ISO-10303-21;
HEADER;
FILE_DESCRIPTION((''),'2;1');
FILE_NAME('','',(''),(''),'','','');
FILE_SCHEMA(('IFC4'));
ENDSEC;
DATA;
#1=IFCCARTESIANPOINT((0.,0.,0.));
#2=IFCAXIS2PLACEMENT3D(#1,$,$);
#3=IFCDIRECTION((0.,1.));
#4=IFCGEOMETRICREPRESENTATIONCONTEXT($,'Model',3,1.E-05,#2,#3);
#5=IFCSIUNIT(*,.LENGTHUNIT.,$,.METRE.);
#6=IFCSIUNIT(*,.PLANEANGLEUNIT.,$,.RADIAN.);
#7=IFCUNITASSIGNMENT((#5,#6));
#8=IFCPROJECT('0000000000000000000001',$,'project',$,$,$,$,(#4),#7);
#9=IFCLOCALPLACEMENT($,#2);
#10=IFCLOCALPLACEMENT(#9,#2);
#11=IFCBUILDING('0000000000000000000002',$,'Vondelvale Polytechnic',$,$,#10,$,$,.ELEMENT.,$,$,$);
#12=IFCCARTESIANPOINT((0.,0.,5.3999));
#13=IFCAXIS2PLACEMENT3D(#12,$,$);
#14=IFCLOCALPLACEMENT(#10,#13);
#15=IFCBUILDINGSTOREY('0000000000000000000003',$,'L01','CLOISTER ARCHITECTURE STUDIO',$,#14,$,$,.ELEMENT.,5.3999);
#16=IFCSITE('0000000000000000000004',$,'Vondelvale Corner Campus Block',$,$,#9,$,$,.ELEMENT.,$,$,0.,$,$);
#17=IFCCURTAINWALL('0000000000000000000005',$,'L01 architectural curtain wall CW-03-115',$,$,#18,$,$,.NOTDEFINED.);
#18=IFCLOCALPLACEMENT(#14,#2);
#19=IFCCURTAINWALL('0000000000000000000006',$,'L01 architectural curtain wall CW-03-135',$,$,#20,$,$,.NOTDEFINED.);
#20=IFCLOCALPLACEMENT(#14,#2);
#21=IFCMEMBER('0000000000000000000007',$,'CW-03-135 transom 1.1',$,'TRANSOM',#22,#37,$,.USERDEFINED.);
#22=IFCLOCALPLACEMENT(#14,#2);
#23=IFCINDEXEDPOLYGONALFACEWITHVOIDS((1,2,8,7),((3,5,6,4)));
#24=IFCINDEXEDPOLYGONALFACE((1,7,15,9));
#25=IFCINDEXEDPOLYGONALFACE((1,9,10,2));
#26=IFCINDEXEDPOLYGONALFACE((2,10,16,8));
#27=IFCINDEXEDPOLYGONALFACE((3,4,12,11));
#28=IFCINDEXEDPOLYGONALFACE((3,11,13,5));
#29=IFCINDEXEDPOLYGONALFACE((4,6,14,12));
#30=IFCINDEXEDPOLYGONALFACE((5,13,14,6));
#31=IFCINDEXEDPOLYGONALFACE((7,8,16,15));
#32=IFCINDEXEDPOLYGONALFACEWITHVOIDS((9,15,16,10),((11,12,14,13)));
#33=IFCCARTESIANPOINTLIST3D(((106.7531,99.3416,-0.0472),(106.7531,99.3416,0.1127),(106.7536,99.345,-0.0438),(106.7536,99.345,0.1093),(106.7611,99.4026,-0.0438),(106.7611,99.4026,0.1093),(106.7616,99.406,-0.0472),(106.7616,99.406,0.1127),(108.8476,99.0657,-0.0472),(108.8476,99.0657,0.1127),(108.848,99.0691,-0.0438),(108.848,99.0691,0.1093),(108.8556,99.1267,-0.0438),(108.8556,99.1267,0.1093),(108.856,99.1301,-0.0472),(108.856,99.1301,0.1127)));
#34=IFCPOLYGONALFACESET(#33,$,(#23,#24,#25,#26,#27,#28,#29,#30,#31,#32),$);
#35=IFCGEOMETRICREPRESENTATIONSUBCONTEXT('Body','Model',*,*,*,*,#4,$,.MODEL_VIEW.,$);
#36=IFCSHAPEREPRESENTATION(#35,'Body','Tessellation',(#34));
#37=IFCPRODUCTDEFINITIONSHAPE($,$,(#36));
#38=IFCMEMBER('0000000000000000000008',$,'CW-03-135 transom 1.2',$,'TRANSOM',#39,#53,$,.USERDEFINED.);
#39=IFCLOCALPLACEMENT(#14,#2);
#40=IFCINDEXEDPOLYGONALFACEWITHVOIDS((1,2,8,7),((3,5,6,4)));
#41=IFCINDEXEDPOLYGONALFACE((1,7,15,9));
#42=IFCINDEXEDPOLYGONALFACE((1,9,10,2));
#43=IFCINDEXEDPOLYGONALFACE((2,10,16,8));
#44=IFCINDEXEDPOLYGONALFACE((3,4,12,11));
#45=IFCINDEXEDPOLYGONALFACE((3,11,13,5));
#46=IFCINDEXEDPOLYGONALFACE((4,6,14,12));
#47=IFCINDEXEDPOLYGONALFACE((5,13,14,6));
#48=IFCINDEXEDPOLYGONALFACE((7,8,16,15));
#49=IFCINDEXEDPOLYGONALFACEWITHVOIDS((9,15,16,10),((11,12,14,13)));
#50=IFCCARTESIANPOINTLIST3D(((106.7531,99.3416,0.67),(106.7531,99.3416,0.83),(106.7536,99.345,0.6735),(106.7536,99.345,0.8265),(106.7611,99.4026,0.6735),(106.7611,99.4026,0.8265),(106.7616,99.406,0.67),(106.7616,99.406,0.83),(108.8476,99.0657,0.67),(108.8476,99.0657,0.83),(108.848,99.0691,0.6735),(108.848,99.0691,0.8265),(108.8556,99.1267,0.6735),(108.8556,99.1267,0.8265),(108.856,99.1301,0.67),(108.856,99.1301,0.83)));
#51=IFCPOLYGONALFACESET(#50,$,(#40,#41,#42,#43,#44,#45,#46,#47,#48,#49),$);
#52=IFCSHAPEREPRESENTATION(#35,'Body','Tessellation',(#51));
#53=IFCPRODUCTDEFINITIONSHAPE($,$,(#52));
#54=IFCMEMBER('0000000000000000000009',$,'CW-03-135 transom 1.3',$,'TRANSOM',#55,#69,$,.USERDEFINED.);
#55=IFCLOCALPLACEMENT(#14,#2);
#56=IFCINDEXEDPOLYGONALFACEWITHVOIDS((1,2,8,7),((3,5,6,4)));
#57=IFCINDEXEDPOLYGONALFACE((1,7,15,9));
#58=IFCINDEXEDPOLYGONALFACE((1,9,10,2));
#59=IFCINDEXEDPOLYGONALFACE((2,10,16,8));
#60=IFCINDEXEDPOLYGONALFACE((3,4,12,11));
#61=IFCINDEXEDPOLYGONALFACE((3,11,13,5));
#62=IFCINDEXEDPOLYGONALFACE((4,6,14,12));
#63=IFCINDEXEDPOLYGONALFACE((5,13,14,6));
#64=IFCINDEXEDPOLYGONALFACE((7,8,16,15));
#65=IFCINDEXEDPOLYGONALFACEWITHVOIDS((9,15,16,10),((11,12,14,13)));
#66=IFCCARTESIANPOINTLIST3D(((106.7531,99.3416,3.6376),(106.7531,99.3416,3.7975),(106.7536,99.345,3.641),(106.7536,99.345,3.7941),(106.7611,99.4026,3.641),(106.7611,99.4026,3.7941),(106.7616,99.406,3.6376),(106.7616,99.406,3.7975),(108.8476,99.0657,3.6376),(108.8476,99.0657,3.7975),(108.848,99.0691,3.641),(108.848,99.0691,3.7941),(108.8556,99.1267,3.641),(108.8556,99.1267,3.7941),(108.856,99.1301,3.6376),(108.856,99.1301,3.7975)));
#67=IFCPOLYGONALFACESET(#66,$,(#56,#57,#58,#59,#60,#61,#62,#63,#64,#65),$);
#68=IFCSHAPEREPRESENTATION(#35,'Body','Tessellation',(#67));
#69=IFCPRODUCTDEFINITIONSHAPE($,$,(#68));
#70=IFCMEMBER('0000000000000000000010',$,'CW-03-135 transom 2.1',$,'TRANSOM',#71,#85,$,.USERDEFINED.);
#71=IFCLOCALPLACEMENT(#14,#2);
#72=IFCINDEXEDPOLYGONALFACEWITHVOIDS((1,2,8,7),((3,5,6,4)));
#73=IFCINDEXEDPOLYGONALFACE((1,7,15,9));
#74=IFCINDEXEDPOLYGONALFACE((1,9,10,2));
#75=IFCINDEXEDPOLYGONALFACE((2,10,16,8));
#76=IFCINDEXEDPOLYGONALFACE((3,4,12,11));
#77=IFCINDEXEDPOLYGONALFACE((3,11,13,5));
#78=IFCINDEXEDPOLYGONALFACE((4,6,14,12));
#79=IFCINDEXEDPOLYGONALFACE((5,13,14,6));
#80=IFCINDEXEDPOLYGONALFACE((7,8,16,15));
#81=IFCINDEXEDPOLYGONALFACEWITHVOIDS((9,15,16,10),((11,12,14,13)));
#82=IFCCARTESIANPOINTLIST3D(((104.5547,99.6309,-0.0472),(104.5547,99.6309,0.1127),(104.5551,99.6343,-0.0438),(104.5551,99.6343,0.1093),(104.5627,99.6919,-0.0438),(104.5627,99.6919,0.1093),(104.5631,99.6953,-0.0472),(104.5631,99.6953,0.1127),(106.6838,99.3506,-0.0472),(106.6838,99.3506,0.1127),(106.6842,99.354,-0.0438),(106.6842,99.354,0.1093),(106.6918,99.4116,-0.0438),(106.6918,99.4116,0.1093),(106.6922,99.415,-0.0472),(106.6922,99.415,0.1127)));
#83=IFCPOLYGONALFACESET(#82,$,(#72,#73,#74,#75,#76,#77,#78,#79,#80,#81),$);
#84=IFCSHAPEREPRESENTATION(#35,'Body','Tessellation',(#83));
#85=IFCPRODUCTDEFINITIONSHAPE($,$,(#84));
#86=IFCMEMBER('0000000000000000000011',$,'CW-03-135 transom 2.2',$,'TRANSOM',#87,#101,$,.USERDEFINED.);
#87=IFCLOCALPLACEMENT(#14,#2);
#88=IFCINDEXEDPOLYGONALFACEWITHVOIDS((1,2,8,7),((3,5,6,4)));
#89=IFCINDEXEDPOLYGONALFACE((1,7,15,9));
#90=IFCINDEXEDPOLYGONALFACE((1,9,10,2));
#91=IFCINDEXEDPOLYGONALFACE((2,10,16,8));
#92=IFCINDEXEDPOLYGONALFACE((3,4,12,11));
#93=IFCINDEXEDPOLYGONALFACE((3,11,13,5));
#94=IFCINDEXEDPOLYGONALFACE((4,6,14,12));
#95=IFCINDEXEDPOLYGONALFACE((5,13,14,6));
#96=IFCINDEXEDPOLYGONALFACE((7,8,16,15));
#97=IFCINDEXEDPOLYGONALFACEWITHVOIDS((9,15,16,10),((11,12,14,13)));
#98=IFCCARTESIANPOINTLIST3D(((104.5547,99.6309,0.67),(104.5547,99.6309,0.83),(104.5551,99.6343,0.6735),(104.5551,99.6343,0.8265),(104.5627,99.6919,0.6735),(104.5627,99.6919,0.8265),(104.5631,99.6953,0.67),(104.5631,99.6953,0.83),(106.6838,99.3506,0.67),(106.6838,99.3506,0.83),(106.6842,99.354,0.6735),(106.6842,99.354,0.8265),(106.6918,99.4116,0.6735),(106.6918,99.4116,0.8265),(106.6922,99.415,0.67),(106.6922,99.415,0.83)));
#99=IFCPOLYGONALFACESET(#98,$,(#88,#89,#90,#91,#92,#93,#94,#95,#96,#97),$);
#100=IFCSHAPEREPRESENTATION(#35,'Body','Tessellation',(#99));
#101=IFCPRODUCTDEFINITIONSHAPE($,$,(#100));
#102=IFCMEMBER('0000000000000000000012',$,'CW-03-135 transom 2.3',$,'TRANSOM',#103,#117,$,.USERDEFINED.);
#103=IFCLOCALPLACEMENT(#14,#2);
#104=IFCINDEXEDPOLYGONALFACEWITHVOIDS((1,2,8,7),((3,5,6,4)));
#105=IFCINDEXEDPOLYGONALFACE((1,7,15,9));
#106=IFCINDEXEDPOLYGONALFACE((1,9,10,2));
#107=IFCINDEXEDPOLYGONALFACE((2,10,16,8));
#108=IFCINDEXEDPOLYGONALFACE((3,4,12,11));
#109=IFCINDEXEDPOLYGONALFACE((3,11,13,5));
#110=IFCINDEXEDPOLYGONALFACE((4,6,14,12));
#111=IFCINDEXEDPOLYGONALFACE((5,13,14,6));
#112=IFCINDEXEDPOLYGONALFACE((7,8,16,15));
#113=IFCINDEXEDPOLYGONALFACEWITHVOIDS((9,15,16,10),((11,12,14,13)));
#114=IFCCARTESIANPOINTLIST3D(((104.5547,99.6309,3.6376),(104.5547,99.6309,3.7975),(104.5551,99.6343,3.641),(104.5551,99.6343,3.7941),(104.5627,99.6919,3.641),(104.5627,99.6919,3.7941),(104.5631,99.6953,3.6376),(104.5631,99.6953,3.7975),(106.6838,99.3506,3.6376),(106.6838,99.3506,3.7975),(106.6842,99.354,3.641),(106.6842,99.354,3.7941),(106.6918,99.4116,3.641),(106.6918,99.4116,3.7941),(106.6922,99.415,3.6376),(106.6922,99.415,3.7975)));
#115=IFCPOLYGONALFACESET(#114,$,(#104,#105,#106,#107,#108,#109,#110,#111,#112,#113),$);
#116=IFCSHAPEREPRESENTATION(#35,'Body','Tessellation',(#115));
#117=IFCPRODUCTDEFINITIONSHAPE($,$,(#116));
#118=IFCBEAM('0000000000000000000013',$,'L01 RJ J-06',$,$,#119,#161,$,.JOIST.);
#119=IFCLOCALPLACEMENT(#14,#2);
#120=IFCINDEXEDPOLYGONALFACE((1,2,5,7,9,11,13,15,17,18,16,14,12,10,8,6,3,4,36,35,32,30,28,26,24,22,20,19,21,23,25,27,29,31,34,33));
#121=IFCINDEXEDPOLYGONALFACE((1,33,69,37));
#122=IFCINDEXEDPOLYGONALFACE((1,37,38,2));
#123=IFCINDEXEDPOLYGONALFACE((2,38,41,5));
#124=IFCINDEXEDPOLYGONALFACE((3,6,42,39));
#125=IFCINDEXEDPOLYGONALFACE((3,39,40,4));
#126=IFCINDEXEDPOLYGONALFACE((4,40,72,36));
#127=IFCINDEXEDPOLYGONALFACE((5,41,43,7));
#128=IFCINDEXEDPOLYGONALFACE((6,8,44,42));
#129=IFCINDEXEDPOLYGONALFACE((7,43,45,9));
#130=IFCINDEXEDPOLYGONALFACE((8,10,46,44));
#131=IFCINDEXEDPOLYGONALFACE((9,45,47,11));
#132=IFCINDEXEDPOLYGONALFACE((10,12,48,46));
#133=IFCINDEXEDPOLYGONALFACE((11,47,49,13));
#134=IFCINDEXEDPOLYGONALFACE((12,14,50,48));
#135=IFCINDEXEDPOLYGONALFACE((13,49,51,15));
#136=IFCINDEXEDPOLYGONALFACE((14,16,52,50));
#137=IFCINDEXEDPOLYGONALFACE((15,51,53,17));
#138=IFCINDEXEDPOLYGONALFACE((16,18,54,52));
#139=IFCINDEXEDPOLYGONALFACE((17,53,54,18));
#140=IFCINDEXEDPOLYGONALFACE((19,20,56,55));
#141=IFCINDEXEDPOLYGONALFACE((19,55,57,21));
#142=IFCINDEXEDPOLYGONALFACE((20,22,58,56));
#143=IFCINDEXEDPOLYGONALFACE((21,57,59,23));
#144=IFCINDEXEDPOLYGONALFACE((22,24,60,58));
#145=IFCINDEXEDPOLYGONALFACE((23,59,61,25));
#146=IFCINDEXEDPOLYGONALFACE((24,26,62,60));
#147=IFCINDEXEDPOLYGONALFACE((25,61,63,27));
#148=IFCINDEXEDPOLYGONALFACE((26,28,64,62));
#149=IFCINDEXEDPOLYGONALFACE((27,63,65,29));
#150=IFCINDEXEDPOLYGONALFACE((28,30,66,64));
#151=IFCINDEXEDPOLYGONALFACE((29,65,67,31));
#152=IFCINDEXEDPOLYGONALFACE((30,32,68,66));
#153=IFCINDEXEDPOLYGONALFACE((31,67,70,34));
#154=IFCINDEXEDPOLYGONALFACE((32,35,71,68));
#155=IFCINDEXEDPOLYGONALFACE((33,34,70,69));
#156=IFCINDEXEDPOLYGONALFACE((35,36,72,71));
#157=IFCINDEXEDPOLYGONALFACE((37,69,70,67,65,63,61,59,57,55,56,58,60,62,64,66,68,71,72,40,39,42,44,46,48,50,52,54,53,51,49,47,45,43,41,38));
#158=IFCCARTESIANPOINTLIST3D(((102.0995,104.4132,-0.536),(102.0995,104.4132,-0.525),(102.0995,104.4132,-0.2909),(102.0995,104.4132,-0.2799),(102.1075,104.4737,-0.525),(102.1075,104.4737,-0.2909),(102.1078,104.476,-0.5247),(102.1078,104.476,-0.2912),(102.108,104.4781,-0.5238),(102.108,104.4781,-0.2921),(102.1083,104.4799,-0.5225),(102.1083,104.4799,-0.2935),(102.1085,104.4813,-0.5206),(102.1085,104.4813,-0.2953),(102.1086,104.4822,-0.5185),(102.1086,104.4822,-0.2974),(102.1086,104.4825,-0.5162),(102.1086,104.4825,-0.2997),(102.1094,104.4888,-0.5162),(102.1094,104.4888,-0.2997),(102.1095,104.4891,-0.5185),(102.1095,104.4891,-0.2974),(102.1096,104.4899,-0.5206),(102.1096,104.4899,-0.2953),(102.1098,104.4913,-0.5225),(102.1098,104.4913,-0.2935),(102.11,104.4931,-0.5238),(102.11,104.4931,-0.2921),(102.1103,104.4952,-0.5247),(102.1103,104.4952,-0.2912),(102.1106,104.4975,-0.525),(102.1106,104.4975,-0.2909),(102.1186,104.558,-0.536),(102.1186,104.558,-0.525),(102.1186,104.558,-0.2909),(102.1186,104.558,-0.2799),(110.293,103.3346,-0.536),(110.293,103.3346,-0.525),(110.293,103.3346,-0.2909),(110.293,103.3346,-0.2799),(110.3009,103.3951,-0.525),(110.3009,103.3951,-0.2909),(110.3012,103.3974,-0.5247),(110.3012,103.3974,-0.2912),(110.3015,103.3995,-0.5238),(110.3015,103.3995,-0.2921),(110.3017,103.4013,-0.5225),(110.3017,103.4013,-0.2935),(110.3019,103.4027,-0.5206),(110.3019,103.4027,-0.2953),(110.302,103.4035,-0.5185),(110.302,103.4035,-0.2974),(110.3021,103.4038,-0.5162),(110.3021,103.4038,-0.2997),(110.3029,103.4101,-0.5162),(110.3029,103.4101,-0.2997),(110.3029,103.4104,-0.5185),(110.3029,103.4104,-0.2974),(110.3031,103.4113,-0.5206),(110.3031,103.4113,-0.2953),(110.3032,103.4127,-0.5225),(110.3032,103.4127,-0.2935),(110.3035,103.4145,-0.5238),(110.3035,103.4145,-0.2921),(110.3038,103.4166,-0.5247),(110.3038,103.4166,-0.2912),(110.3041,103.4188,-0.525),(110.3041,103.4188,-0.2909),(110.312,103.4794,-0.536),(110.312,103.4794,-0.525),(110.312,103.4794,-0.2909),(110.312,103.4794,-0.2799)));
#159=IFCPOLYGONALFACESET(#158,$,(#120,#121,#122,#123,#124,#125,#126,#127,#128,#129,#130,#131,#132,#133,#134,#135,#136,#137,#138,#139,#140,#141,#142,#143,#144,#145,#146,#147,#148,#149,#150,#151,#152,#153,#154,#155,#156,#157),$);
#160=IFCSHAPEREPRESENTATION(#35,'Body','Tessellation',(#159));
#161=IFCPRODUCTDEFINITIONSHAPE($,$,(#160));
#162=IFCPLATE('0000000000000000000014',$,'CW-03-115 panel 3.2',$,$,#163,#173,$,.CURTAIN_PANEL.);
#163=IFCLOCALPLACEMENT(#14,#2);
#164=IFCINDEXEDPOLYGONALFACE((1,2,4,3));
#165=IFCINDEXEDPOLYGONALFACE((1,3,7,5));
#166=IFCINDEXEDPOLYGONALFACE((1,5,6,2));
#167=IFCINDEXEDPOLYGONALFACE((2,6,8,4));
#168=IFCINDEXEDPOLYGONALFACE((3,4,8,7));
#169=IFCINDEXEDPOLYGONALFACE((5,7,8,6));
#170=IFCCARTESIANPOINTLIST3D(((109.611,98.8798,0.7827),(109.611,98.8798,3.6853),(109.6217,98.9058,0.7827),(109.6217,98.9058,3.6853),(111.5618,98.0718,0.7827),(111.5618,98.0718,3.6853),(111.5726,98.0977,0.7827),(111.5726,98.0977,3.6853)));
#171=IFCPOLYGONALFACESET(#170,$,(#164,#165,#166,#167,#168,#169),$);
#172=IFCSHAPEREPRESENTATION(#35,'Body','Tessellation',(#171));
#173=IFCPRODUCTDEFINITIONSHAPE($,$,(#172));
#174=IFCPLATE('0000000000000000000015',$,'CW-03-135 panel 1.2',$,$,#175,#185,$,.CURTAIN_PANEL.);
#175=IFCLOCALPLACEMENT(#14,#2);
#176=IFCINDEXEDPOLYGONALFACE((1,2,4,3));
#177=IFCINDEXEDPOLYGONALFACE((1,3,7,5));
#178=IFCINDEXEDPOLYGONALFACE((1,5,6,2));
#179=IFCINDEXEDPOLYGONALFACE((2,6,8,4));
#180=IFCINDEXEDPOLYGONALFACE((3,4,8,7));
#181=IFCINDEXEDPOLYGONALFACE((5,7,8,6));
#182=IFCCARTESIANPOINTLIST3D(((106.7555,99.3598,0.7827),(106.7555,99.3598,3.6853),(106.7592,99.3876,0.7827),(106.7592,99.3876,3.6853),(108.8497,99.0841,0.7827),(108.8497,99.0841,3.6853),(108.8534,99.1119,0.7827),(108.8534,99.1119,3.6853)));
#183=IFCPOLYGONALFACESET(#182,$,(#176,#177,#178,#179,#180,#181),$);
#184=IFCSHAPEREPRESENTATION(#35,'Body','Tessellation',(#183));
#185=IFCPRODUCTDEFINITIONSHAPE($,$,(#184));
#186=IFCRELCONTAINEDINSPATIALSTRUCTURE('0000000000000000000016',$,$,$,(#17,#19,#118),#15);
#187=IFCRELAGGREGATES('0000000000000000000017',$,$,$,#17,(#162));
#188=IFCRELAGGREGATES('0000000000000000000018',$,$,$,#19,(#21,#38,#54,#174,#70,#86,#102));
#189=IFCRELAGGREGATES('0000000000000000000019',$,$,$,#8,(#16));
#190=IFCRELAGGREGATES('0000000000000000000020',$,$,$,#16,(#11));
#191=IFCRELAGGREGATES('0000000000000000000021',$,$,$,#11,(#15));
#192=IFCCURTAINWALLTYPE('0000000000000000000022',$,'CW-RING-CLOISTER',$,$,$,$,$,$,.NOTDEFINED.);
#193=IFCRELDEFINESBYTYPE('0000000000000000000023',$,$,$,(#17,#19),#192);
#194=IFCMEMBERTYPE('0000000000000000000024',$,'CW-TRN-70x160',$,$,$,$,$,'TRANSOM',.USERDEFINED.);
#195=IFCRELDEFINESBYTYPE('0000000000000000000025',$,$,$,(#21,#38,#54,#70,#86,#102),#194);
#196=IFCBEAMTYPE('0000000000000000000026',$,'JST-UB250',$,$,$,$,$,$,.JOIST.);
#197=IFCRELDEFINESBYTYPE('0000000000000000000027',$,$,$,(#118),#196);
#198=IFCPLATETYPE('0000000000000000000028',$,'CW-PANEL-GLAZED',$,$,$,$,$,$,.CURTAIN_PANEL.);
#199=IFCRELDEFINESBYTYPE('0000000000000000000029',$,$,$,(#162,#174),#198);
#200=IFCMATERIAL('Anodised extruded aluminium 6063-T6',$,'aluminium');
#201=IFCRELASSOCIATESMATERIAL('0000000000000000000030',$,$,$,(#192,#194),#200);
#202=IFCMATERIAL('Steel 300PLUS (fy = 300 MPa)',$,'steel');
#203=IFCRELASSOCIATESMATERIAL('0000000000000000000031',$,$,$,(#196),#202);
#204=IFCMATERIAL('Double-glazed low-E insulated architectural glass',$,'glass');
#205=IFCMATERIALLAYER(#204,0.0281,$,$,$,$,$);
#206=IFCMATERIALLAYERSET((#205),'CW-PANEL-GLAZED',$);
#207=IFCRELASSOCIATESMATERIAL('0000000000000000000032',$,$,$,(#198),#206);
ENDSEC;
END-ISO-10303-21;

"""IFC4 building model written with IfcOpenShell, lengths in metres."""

from ifc_helpers import new_model, si_unit, direction, frame, origin, origin_2d, place, context, subcontext, project, spatial, rectangle, hollow_rectangle, i_section, extrude, material, layer, layer_set, material_profile, profile_set, type_object, element, aggregate, save


model = new_model("IFC4")

# Units and contexts
model_context = context("Model", 3, precision=1e-05, world=origin(), true_north=direction((0.0, 1.0)))
body_context = subcontext(model_context, "Body", "Model", "MODEL_VIEW")
ifc_project = project(units=[si_unit("LENGTHUNIT", "METRE"), si_unit("PLANEANGLEUNIT", "RADIAN")], contexts=[model_context])

# Site, building, storey
site_placement = place(None, origin())
site = spatial("IfcSite", under=ifc_project, at=site_placement, Name="Vondelvale Corner Campus Block", CompositionType="ELEMENT", RefElevation=0.0)
building_placement = place(site_placement, origin())
building = spatial("IfcBuilding", under=site, at=building_placement, Name="Vondelvale Polytechnic", CompositionType="ELEMENT")
storey_placement = place(building_placement, frame((0.0, 0.0, 5.3999)))
storey = spatial("IfcBuildingStorey", under=building, at=storey_placement, Name="L01", Description="CLOISTER ARCHITECTURE STUDIO", CompositionType="ELEMENT", Elevation=5.3999)

# Shared definitions
ifc_material_1 = material(Name="Steel 300PLUS (fy = 300 MPa)", Category="steel")

# Curtain wall
ifc_material_2 = material(Name="Anodised extruded aluminium 6063-T6", Category="aluminium")
curtain_wall_type = type_object("IfcCurtainWallType", Name="CW-RING-CLOISTER", PredefinedType="NOTDEFINED", material=ifc_material_2)
curtain_wall_1_placement = place(storey_placement, origin())
curtain_wall_1 = element("IfcCurtainWall", 1, at=curtain_wall_1_placement, inside=storey, type_object=curtain_wall_type, Name="L01 architectural curtain wall CW-03-115", PredefinedType="NOTDEFINED")

# Curtain wall
curtain_wall_2_placement = place(storey_placement, origin())
curtain_wall_2 = element("IfcCurtainWall", 2, at=curtain_wall_2_placement, inside=storey, type_object=curtain_wall_type, Name="L01 architectural curtain wall CW-03-135", PredefinedType="NOTDEFINED")

# Members
ifc_material_profile_1 = material_profile(ifc_material_2, hollow_rectangle(XDim=0.0649, YDim=0.1599, WallThickness=0.0034, at=origin_2d()), Name="CW-TRN-160x65")
ifc_profile_set_1 = profile_set([ifc_material_profile_1], Name="Anodised extruded aluminium 6063-T6")
member_type_1 = type_object("IfcMemberType", Name="CW-TRN-70x160", ElementType="TRANSOM", PredefinedType="USERDEFINED", material=ifc_profile_set_1)
member_1_placement = place(storey_placement, frame((108.8518, 99.0979, 0.0327), z_axis=(-0.991437, 0.130589, 0.0), x_axis=(-0.130589, -0.991437, 0.0)))
member_1 = element("IfcMember", 3, at=member_1_placement, type_object=member_type_1, Name="CW-03-135 transom 1.1", ObjectType="TRANSOM", PredefinedType="USERDEFINED", context=body_context, shape_type="SweptSolid", body=[
    extrude(hollow_rectangle(XDim=0.0649, YDim=0.1599, WallThickness=0.0034, at=origin_2d()), origin(), (0.0, 0.0, 1.0), 2.1125),
])
member_2_placement = place(storey_placement, frame((108.8518, 99.0979, 0.75), z_axis=(-0.991437, 0.130589, 0.0), x_axis=(-0.130589, -0.991437, 0.0)))
member_2 = element("IfcMember", 4, at=member_2_placement, type_object=member_type_1, Name="CW-03-135 transom 1.2", ObjectType="TRANSOM", PredefinedType="USERDEFINED", context=body_context, shape_type="SweptSolid", body=[
    extrude(hollow_rectangle(XDim=0.0649, YDim=0.1599, WallThickness=0.0034, at=origin_2d()), origin(), (0.0, 0.0, 1.0), 2.1125),
])
member_3_placement = place(storey_placement, frame((108.8518, 99.0979, 3.7175), z_axis=(-0.991437, 0.130589, 0.0), x_axis=(-0.130589, -0.991437, 0.0)))
member_3 = element("IfcMember", 5, at=member_3_placement, type_object=member_type_1, Name="CW-03-135 transom 1.3", ObjectType="TRANSOM", PredefinedType="USERDEFINED", context=body_context, shape_type="SweptSolid", body=[
    extrude(hollow_rectangle(XDim=0.0649, YDim=0.1599, WallThickness=0.0034, at=origin_2d()), origin(), (0.0, 0.0, 1.0), 2.1125),
])
member_4_placement = place(storey_placement, frame((106.688, 99.3828, 0.0327), z_axis=(-0.991447, 0.13051, 0.0), x_axis=(-0.13051, -0.991447, 0.0)))
member_4 = element("IfcMember", 6, at=member_4_placement, type_object=member_type_1, Name="CW-03-135 transom 2.1", ObjectType="TRANSOM", PredefinedType="USERDEFINED", context=body_context, shape_type="SweptSolid", body=[
    extrude(hollow_rectangle(XDim=0.0649, YDim=0.1599, WallThickness=0.0034, at=origin_2d()), origin(), (0.0, 0.0, 1.0), 2.1475),
])
member_5_placement = place(storey_placement, frame((106.688, 99.3828, 0.75), z_axis=(-0.991447, 0.13051, 0.0), x_axis=(-0.13051, -0.991447, 0.0)))
member_5 = element("IfcMember", 7, at=member_5_placement, type_object=member_type_1, Name="CW-03-135 transom 2.2", ObjectType="TRANSOM", PredefinedType="USERDEFINED", context=body_context, shape_type="SweptSolid", body=[
    extrude(hollow_rectangle(XDim=0.0649, YDim=0.1599, WallThickness=0.0034, at=origin_2d()), origin(), (0.0, 0.0, 1.0), 2.1475),
])
member_6_placement = place(storey_placement, frame((106.688, 99.3828, 3.7175), z_axis=(-0.991447, 0.13051, 0.0), x_axis=(-0.13051, -0.991447, 0.0)))
member_6 = element("IfcMember", 8, at=member_6_placement, type_object=member_type_1, Name="CW-03-135 transom 2.3", ObjectType="TRANSOM", PredefinedType="USERDEFINED", context=body_context, shape_type="SweptSolid", body=[
    extrude(hollow_rectangle(XDim=0.0649, YDim=0.1599, WallThickness=0.0034, at=origin_2d()), origin(), (0.0, 0.0, 1.0), 2.1475),
])

# Beam
ifc_material_profile_2 = material_profile(ifc_material_1, i_section(OverallWidth=0.146, OverallDepth=0.2561, WebThickness=0.0063, FlangeThickness=0.011, FilletRadius=0.0088, at=origin_2d()), Name="250UB37.3")
ifc_profile_set_2 = profile_set([ifc_material_profile_2], Name="Steel 300PLUS (fy = 300 MPa)")
beam_type_1 = type_object("IfcBeamType", Name="JST-UB250", PredefinedType="JOIST", material=ifc_profile_set_2)
beam_1_placement = place(storey_placement, frame((110.3025, 103.407, -0.408), z_axis=(-0.991446, 0.130519, 0.0), x_axis=(-0.130519, -0.991446, 0.0)))
element("IfcBeam", 9, at=beam_1_placement, inside=storey, type_object=beam_type_1, Name="L01 RJ J-06", PredefinedType="JOIST", context=body_context, shape_type="SweptSolid", body=[
    extrude(i_section(OverallWidth=0.146, OverallDepth=0.2561, WebThickness=0.0063, FlangeThickness=0.011, FilletRadius=0.0088, at=origin_2d()), origin(), (0.0, 0.0, 1.0), 8.2642),
])

# Plates
ifc_material_3 = material(Name="Double-glazed low-E insulated architectural glass", Category="glass")
ifc_layer_1 = layer(ifc_material_3, 0.0281)
ifc_layer_set_1 = layer_set([ifc_layer_1], Name="CW-PANEL-GLAZED")
plate_type_1 = type_object("IfcPlateType", Name="CW-PANEL-GLAZED", PredefinedType="CURTAIN_PANEL", material=ifc_layer_set_1)
plate_1_placement = place(storey_placement, frame((110.5918, 98.4888, 0.7827), z_axis=(0.0, 0.0, 1.0), x_axis=(-0.923882, 0.382679, 0.0)))
plate_1 = element("IfcPlate", 10, at=plate_1_placement, type_object=plate_type_1, Name="CW-03-115 panel 3.2", PredefinedType="CURTAIN_PANEL", context=body_context, shape_type="SweptSolid", body=[
    extrude(rectangle(XDim=2.1116, YDim=0.0281, at=origin_2d()), origin(), (0.0, 0.0, 1.0), 2.9026),
])
plate_2_placement = place(storey_placement, frame((107.8044, 99.2358, 0.7827), z_axis=(0.0, 0.0, 1.0), x_axis=(-0.991445, 0.130528, 0.0)))
plate_2 = element("IfcPlate", 11, at=plate_2_placement, type_object=plate_type_1, Name="CW-03-135 panel 1.2", PredefinedType="CURTAIN_PANEL", context=body_context, shape_type="SweptSolid", body=[
    extrude(rectangle(XDim=2.1123, YDim=0.0281, at=origin_2d()), origin(), (0.0, 0.0, 1.0), 2.9026),
])
aggregate(curtain_wall_1, [plate_1])
aggregate(curtain_wall_2, [member_1, member_2, member_3, plate_2, member_4, member_5, member_6])

save(model, "model.ifc")
